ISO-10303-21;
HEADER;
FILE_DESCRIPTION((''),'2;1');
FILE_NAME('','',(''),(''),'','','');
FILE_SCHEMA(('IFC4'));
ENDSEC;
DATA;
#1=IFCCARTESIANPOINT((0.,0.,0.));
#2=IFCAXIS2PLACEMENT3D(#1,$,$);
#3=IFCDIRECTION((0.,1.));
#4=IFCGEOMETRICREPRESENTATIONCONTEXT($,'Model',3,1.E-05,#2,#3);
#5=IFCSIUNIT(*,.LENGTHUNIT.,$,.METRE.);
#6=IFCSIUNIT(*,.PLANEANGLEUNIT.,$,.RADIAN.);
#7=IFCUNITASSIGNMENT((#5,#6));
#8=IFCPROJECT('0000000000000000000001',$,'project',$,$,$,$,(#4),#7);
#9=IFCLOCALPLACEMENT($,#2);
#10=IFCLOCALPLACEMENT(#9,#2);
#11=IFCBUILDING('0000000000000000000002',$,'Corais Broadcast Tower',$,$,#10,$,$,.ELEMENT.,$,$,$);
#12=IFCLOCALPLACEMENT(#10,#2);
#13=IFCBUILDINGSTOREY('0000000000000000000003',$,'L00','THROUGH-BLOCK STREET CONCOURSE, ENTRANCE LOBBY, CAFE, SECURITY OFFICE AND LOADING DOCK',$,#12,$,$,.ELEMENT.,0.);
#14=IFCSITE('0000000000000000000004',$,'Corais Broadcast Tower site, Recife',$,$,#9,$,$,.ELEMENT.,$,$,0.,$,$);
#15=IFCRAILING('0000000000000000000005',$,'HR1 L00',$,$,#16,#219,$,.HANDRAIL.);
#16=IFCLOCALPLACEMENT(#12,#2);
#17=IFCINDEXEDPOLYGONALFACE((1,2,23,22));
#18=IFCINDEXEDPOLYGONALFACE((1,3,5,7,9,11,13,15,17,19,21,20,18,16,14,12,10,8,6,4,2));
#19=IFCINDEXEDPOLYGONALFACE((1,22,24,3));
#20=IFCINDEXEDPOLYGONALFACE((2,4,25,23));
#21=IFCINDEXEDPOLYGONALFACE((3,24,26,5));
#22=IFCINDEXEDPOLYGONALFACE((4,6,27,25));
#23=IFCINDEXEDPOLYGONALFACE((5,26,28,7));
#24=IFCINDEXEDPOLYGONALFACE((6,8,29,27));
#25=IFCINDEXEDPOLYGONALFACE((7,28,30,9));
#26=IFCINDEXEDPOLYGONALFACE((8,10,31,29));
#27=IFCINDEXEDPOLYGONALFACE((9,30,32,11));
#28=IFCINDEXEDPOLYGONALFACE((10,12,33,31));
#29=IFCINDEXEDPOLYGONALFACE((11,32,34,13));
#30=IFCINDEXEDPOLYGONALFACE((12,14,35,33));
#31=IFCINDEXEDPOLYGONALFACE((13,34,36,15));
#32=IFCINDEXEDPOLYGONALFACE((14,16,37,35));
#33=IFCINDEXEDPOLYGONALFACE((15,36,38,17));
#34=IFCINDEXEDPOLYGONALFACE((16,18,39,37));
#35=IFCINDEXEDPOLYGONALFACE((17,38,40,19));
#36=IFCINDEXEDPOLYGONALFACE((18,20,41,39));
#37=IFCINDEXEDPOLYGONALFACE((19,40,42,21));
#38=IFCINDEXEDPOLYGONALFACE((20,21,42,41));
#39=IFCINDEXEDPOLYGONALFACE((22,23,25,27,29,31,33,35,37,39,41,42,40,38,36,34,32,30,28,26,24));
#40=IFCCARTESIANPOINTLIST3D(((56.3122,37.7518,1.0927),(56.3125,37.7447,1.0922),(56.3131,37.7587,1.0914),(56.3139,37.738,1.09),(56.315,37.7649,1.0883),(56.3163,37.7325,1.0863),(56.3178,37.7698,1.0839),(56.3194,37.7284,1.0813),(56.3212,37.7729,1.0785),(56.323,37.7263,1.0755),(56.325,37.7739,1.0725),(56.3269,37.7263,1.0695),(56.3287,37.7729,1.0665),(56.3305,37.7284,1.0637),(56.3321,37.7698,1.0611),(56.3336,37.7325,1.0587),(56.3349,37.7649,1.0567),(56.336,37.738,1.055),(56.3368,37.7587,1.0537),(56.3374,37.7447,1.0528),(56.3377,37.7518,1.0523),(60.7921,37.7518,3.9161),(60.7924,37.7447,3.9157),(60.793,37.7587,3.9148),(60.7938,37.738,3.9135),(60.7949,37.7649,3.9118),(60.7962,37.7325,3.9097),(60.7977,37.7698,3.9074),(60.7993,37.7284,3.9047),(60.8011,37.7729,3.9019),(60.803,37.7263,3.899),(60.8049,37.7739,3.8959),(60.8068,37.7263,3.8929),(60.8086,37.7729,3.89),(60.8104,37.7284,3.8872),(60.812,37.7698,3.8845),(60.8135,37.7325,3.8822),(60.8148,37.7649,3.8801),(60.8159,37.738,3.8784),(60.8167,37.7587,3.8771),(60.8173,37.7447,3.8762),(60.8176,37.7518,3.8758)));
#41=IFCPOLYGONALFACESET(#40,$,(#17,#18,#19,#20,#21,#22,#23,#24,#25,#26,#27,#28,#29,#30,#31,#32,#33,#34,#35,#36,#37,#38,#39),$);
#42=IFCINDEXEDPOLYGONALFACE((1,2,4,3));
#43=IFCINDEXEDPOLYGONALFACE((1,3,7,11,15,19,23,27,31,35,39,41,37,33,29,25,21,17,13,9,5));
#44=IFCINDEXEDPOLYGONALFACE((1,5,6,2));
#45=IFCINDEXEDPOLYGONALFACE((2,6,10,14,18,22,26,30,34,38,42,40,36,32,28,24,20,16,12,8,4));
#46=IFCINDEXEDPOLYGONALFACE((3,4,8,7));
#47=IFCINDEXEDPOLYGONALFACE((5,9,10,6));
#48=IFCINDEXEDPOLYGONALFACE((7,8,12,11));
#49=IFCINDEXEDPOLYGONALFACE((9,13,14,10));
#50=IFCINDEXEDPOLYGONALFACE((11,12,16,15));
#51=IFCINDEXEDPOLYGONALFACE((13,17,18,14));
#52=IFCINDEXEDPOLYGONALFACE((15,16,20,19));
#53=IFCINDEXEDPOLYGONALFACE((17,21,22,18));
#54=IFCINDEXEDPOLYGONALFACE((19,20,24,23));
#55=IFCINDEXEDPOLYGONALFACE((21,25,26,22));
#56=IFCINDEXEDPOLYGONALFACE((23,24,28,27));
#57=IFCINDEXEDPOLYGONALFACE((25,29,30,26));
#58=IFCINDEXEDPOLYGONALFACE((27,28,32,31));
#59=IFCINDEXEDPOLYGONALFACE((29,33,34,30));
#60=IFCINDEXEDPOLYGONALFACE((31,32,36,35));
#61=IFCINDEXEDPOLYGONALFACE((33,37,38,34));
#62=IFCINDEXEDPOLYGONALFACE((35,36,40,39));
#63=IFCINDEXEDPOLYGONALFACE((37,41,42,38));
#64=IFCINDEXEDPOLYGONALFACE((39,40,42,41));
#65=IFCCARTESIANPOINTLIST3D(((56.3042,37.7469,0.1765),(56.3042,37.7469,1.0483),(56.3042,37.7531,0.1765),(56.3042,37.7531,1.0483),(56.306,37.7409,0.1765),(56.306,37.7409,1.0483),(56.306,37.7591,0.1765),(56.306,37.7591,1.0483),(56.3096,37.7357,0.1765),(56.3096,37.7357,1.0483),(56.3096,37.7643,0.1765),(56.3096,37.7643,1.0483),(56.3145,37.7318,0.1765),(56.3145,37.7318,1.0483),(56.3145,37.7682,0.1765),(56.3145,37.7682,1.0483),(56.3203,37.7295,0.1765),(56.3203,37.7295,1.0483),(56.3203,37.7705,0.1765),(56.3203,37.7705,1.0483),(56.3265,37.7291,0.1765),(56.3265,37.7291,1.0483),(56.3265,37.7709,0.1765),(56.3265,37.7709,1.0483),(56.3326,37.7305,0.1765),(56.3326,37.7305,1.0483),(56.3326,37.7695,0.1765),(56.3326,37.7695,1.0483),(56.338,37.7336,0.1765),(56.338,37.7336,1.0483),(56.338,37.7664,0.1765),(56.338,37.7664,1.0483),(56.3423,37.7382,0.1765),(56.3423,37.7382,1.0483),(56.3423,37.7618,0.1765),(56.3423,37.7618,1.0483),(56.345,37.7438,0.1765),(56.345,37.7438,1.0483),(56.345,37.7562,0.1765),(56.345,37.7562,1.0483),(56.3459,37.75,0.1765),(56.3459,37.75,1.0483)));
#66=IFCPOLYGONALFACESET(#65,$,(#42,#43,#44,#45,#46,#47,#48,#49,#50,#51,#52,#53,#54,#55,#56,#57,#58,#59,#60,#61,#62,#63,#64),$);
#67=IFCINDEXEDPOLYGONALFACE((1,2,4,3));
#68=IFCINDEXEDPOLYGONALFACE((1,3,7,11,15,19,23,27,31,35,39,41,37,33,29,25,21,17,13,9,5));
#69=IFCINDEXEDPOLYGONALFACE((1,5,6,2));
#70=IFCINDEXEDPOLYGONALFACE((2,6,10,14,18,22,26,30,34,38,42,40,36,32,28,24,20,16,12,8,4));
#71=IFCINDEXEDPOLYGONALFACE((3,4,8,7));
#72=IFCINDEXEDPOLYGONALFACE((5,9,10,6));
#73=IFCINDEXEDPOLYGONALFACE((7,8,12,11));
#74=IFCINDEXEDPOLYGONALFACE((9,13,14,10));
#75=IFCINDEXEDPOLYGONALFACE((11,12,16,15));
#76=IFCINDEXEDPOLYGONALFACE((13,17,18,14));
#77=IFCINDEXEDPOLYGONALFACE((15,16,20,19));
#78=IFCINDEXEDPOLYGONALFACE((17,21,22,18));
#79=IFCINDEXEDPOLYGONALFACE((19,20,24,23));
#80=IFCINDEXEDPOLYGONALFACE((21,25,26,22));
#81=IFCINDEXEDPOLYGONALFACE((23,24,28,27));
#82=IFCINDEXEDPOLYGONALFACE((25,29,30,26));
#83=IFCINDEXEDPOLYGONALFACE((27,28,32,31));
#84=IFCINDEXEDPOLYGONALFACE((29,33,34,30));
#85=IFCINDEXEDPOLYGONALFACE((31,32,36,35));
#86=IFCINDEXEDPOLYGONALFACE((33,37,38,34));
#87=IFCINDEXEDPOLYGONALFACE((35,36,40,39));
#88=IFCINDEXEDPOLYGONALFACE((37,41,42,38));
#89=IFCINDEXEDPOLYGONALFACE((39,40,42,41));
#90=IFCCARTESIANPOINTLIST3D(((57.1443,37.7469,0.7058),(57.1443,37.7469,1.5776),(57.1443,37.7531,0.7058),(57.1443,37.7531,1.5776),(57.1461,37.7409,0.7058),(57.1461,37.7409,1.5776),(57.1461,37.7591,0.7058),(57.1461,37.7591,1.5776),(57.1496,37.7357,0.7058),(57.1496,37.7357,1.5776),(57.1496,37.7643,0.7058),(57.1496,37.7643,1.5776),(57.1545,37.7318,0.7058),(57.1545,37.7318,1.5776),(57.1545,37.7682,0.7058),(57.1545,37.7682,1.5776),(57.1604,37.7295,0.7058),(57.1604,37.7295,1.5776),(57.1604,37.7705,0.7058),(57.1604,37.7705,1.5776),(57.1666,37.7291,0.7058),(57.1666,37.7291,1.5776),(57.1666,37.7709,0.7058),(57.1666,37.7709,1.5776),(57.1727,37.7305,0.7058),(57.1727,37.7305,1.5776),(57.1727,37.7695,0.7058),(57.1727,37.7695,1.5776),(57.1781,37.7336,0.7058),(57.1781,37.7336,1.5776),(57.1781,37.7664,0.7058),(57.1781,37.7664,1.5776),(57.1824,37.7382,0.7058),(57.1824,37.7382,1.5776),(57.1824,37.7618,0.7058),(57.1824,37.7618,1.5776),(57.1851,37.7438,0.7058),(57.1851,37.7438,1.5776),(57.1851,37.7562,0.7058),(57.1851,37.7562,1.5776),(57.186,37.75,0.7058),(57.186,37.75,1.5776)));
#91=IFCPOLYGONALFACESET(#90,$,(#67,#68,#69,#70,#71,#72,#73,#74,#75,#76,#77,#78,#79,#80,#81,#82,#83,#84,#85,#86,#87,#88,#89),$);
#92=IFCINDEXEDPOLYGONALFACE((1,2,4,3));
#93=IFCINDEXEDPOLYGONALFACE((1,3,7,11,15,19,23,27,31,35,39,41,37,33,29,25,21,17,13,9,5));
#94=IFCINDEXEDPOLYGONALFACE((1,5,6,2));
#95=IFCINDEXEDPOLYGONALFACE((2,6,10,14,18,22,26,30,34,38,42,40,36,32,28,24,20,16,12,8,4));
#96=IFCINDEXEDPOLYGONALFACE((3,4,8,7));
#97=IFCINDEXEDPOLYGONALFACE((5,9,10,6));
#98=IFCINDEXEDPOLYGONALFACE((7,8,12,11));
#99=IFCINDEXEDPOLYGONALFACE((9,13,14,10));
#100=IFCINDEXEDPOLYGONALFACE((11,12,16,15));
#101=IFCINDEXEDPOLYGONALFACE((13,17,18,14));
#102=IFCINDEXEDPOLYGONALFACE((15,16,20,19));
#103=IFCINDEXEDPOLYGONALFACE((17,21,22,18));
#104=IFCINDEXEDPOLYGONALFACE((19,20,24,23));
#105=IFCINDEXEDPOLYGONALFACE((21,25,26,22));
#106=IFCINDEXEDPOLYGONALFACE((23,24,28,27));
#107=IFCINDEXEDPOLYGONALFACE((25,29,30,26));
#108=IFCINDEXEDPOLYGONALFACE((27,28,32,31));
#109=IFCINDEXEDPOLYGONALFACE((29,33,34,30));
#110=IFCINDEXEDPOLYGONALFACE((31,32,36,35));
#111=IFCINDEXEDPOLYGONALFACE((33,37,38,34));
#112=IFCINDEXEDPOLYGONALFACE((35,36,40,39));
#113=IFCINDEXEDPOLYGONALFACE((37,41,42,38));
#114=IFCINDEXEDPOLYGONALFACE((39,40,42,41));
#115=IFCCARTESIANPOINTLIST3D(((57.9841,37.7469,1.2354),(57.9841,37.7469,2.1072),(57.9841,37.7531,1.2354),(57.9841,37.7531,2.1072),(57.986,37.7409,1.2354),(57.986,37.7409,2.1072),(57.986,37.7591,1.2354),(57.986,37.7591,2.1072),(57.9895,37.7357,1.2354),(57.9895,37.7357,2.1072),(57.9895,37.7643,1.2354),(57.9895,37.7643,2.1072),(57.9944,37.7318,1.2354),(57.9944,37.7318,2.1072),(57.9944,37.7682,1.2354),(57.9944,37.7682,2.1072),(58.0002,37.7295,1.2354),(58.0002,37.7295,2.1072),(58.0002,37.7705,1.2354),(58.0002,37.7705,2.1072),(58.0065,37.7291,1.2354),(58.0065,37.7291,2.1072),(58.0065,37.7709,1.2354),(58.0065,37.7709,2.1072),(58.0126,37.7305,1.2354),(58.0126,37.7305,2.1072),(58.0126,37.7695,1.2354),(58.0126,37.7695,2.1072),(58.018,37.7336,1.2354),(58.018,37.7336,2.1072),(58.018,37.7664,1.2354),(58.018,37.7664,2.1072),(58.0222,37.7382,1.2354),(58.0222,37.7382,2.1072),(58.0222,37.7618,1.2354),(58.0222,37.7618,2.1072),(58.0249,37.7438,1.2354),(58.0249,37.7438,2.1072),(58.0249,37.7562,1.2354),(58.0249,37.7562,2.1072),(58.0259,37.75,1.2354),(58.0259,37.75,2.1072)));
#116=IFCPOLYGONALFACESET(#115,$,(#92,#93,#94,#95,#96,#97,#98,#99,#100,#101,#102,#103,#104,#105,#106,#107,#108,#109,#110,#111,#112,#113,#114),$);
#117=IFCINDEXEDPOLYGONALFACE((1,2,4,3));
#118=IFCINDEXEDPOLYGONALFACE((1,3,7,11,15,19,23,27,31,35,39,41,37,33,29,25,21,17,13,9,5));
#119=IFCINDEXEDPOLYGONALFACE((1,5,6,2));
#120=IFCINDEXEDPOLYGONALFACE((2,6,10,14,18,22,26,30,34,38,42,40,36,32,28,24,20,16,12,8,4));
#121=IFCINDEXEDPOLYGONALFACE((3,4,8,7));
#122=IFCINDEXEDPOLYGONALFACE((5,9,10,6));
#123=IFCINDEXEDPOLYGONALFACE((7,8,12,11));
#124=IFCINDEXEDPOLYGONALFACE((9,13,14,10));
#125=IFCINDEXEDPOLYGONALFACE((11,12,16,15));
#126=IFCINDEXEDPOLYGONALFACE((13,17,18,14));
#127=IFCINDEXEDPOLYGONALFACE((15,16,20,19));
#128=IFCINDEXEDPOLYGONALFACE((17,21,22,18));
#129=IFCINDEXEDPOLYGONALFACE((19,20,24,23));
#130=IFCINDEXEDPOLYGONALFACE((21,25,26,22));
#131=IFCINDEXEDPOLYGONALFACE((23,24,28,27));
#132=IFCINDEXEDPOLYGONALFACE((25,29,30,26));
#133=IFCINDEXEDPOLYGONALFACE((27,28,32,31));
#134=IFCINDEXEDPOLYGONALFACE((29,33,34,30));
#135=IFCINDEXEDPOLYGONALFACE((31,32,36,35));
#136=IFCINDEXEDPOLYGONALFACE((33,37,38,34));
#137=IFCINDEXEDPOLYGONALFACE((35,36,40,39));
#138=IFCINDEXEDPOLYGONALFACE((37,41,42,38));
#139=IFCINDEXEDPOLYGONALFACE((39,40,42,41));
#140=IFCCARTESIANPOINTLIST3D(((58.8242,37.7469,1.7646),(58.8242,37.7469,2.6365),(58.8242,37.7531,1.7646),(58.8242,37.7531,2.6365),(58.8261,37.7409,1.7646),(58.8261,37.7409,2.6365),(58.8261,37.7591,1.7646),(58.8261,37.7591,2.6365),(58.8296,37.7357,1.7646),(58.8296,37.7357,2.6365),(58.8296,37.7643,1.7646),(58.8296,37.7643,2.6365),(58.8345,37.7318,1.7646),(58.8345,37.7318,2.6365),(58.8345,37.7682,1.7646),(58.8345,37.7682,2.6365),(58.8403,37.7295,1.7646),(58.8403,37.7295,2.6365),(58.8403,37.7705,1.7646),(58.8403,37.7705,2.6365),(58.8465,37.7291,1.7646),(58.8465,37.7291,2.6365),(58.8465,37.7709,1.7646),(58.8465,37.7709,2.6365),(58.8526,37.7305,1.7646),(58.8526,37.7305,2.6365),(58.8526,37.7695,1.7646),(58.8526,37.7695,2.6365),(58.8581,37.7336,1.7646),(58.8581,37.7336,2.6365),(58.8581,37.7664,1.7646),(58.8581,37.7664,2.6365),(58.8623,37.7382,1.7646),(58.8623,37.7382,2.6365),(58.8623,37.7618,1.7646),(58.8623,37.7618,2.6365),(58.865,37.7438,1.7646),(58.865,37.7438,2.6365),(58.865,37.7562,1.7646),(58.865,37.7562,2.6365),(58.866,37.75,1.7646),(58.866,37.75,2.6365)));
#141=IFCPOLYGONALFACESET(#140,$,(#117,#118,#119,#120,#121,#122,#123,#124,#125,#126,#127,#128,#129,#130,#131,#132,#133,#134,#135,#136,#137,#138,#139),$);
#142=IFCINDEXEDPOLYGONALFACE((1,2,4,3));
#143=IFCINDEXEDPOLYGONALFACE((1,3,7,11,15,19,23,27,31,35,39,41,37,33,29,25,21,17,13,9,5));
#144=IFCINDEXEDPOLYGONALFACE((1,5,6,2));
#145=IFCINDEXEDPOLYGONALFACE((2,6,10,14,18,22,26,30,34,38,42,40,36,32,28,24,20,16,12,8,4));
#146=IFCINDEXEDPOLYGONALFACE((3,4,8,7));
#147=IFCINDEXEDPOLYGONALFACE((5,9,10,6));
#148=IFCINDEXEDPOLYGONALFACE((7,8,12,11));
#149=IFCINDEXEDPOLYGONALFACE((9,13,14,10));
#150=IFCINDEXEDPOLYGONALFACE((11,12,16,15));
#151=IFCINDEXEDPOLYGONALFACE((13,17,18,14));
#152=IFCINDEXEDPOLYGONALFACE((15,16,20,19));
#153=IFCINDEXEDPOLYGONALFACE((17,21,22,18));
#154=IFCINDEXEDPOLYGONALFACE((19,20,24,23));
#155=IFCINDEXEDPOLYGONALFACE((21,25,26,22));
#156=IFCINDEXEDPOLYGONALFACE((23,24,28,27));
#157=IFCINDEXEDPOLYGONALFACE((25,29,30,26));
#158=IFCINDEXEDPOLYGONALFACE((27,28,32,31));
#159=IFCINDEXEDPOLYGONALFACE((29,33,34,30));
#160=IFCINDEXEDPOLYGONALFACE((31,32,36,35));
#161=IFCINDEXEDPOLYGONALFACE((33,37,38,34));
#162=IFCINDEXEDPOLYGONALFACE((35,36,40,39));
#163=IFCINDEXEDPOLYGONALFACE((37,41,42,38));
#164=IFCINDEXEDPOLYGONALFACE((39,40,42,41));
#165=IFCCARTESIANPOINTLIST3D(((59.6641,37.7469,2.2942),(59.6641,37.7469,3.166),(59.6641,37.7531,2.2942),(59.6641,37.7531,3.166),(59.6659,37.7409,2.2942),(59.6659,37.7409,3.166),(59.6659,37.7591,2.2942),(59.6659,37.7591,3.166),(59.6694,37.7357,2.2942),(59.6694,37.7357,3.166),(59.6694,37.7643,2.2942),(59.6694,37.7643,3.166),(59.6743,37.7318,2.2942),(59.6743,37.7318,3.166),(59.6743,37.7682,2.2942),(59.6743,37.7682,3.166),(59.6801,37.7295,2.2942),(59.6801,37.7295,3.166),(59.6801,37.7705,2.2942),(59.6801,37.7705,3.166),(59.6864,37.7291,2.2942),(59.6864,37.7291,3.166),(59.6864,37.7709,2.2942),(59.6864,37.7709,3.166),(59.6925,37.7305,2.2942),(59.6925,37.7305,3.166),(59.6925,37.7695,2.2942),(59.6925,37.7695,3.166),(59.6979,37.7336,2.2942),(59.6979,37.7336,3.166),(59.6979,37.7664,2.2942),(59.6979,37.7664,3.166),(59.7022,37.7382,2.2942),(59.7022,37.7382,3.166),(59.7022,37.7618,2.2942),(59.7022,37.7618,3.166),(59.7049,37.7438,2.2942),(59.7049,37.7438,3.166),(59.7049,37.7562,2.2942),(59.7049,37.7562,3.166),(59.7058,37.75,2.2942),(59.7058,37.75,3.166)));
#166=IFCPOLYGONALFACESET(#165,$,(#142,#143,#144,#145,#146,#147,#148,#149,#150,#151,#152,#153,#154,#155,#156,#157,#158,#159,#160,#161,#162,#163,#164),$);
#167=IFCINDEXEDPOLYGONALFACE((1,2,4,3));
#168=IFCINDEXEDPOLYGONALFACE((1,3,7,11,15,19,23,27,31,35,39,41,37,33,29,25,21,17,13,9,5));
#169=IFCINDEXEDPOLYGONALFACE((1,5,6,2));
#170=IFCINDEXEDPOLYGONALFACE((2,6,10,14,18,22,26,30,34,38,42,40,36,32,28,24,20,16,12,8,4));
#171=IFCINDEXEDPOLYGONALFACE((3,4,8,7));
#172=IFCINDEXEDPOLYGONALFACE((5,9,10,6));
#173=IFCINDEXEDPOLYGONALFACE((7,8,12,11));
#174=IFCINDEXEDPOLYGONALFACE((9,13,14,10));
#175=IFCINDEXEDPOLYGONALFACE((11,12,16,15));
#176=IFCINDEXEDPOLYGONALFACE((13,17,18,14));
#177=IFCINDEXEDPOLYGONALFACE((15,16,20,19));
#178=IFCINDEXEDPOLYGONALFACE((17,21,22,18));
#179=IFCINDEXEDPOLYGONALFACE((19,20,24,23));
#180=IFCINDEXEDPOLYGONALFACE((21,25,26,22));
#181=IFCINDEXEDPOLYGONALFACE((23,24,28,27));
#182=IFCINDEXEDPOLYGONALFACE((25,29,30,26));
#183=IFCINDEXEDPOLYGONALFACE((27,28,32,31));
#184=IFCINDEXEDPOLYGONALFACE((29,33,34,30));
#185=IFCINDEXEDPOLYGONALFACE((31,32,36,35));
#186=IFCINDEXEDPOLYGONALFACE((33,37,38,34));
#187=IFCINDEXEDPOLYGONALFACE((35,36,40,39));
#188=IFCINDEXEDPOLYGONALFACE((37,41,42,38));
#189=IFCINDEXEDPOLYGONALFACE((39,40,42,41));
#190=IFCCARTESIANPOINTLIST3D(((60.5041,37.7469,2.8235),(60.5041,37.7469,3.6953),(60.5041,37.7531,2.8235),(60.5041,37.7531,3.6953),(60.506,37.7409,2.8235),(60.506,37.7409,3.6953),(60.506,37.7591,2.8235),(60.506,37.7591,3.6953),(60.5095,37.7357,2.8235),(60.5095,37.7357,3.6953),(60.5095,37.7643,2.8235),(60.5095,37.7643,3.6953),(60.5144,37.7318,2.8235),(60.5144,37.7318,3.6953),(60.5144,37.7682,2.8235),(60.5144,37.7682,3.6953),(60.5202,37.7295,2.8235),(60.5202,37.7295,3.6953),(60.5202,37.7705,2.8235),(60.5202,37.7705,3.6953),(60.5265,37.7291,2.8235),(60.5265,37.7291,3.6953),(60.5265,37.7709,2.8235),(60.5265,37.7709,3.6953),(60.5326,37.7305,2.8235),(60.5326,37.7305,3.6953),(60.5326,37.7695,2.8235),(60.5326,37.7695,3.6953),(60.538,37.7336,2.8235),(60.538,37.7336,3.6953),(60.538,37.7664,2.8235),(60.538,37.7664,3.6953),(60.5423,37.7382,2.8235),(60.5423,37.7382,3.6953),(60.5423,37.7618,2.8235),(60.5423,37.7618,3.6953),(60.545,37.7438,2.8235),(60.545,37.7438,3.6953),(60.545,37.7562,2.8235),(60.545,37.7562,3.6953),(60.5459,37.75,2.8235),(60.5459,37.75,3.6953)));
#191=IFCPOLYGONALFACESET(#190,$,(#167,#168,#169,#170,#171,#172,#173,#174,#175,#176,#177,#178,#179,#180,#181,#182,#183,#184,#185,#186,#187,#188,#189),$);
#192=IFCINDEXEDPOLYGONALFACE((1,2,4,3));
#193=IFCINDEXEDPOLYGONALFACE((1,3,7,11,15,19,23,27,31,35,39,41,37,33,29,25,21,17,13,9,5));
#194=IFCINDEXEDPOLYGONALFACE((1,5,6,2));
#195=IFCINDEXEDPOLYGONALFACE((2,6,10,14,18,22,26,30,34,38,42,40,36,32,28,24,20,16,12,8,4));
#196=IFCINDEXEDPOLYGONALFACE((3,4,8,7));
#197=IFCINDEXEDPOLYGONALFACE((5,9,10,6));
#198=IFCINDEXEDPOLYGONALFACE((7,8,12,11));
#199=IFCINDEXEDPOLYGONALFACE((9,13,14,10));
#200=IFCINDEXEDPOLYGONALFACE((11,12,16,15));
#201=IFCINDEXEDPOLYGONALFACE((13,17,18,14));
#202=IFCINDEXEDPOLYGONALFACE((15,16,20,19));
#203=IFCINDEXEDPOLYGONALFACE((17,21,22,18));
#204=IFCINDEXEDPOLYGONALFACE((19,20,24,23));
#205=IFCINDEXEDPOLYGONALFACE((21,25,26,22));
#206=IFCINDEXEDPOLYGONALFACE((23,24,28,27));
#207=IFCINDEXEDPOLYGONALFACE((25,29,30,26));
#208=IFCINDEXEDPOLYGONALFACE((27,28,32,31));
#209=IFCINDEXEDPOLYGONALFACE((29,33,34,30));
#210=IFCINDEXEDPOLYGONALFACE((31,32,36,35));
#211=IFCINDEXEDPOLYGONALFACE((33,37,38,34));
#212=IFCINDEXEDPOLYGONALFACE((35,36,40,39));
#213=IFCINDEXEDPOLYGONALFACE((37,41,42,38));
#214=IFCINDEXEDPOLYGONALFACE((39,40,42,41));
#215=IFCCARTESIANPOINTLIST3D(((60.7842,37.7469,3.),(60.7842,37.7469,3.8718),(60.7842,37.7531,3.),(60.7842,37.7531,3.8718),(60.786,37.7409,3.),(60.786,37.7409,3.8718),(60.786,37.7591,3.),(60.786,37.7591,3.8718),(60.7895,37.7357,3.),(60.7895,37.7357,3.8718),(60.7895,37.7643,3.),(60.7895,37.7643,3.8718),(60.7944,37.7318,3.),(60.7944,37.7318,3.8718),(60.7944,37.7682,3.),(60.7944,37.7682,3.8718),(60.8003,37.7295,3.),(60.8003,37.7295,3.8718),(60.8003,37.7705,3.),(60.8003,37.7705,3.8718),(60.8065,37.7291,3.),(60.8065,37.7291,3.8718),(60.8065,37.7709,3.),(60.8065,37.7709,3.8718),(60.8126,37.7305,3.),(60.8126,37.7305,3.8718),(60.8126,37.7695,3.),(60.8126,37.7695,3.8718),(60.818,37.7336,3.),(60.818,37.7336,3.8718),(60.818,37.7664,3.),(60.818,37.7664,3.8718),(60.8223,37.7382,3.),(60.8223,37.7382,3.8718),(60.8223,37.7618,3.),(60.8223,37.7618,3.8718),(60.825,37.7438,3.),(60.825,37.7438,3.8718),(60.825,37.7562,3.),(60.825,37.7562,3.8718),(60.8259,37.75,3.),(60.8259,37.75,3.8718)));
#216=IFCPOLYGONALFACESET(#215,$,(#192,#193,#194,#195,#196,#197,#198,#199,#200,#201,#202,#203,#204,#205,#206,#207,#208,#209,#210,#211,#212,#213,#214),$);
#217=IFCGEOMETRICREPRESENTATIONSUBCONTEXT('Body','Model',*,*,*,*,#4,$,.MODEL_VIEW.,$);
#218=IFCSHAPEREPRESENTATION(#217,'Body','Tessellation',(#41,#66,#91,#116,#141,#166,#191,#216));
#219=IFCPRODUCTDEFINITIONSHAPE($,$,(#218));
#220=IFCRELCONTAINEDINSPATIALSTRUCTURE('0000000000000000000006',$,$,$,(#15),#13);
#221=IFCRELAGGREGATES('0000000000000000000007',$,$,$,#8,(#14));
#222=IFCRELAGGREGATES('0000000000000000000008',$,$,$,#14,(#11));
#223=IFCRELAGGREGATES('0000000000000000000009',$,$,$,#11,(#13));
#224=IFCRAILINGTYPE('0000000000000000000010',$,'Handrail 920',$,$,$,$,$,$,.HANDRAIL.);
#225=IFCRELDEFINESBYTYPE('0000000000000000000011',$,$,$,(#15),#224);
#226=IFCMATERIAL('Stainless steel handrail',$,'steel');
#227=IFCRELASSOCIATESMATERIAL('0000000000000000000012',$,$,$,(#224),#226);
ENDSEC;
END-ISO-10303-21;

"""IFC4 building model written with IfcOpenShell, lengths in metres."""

from ifc_helpers import new_model, si_unit, direction, frame, origin, origin_2d, place, context, subcontext, project, spatial, circle, extrude, material, type_object, element, save


model = new_model("IFC4")

# Units and contexts
model_context = context("Model", 3, precision=1e-05, world=origin(), true_north=direction((0.0, 1.0)))
body_context = subcontext(model_context, "Body", "Model", "MODEL_VIEW")
ifc_project = project(units=[si_unit("LENGTHUNIT", "METRE"), si_unit("PLANEANGLEUNIT", "RADIAN")], contexts=[model_context])

# Site, building, storey
site_placement = place(None, origin())
site = spatial("IfcSite", under=ifc_project, at=site_placement, Name="Corais Broadcast Tower site, Recife", CompositionType="ELEMENT", RefElevation=0.0)
building_placement = place(site_placement, origin())
building = spatial("IfcBuilding", under=site, at=building_placement, Name="Corais Broadcast Tower", CompositionType="ELEMENT")
storey_placement = place(building_placement, origin())
storey = spatial("IfcBuildingStorey", under=building, at=storey_placement, Name="L00", Description="THROUGH-BLOCK STREET CONCOURSE, ENTRANCE LOBBY, CAFE, SECURITY OFFICE AND LOADING DOCK", CompositionType="ELEMENT", Elevation=0.0)

# Railing
ifc_material_1 = material(Name="Stainless steel handrail", Category="steel")
railing_type = type_object("IfcRailingType", Name="Handrail 920", PredefinedType="HANDRAIL", material=ifc_material_1)
for number, where, name in (
    (1, (56.325, 37.75, 0.1765), "HR1 L00"),
):
    element("IfcRailing", number, at=place(storey_placement, frame(where)), inside=storey, type_object=railing_type, Name=name, PredefinedType="HANDRAIL", context=body_context, shape_type="SweptSolid", body=[
        extrude(circle(Radius=0.0239, at=origin_2d()), frame((0.0, 0.0, 0.896), z_axis=(0.845998, 0.0, 0.533186), x_axis=(0.0, 1.0, 0.0)), (0.0, 0.0, 1.0), 5.2954),
        extrude(circle(Radius=0.021, at=origin_2d()), origin(), (0.0, 0.0, 1.0), 0.8718),
        extrude(circle(Radius=0.021, at=origin_2d()), frame((0.8401, 0.0, 0.5293)), (0.0, 0.0, 1.0), 0.8718),
        extrude(circle(Radius=0.021, at=origin_2d()), frame((1.6799, 0.0, 1.0588)), (0.0, 0.0, 1.0), 0.8718),
        extrude(circle(Radius=0.021, at=origin_2d()), frame((2.52, 0.0, 1.5881)), (0.0, 0.0, 1.0), 0.8718),
        extrude(circle(Radius=0.021, at=origin_2d()), frame((3.3599, 0.0, 2.1177)), (0.0, 0.0, 1.0), 0.8718),
        extrude(circle(Radius=0.021, at=origin_2d()), frame((4.2, 0.0, 2.647)), (0.0, 0.0, 1.0), 0.8718),
        extrude(circle(Radius=0.021, at=origin_2d()), frame((4.48, 0.0, 2.8235)), (0.0, 0.0, 1.0), 0.8718),
    ])

save(model, "model.ifc")
